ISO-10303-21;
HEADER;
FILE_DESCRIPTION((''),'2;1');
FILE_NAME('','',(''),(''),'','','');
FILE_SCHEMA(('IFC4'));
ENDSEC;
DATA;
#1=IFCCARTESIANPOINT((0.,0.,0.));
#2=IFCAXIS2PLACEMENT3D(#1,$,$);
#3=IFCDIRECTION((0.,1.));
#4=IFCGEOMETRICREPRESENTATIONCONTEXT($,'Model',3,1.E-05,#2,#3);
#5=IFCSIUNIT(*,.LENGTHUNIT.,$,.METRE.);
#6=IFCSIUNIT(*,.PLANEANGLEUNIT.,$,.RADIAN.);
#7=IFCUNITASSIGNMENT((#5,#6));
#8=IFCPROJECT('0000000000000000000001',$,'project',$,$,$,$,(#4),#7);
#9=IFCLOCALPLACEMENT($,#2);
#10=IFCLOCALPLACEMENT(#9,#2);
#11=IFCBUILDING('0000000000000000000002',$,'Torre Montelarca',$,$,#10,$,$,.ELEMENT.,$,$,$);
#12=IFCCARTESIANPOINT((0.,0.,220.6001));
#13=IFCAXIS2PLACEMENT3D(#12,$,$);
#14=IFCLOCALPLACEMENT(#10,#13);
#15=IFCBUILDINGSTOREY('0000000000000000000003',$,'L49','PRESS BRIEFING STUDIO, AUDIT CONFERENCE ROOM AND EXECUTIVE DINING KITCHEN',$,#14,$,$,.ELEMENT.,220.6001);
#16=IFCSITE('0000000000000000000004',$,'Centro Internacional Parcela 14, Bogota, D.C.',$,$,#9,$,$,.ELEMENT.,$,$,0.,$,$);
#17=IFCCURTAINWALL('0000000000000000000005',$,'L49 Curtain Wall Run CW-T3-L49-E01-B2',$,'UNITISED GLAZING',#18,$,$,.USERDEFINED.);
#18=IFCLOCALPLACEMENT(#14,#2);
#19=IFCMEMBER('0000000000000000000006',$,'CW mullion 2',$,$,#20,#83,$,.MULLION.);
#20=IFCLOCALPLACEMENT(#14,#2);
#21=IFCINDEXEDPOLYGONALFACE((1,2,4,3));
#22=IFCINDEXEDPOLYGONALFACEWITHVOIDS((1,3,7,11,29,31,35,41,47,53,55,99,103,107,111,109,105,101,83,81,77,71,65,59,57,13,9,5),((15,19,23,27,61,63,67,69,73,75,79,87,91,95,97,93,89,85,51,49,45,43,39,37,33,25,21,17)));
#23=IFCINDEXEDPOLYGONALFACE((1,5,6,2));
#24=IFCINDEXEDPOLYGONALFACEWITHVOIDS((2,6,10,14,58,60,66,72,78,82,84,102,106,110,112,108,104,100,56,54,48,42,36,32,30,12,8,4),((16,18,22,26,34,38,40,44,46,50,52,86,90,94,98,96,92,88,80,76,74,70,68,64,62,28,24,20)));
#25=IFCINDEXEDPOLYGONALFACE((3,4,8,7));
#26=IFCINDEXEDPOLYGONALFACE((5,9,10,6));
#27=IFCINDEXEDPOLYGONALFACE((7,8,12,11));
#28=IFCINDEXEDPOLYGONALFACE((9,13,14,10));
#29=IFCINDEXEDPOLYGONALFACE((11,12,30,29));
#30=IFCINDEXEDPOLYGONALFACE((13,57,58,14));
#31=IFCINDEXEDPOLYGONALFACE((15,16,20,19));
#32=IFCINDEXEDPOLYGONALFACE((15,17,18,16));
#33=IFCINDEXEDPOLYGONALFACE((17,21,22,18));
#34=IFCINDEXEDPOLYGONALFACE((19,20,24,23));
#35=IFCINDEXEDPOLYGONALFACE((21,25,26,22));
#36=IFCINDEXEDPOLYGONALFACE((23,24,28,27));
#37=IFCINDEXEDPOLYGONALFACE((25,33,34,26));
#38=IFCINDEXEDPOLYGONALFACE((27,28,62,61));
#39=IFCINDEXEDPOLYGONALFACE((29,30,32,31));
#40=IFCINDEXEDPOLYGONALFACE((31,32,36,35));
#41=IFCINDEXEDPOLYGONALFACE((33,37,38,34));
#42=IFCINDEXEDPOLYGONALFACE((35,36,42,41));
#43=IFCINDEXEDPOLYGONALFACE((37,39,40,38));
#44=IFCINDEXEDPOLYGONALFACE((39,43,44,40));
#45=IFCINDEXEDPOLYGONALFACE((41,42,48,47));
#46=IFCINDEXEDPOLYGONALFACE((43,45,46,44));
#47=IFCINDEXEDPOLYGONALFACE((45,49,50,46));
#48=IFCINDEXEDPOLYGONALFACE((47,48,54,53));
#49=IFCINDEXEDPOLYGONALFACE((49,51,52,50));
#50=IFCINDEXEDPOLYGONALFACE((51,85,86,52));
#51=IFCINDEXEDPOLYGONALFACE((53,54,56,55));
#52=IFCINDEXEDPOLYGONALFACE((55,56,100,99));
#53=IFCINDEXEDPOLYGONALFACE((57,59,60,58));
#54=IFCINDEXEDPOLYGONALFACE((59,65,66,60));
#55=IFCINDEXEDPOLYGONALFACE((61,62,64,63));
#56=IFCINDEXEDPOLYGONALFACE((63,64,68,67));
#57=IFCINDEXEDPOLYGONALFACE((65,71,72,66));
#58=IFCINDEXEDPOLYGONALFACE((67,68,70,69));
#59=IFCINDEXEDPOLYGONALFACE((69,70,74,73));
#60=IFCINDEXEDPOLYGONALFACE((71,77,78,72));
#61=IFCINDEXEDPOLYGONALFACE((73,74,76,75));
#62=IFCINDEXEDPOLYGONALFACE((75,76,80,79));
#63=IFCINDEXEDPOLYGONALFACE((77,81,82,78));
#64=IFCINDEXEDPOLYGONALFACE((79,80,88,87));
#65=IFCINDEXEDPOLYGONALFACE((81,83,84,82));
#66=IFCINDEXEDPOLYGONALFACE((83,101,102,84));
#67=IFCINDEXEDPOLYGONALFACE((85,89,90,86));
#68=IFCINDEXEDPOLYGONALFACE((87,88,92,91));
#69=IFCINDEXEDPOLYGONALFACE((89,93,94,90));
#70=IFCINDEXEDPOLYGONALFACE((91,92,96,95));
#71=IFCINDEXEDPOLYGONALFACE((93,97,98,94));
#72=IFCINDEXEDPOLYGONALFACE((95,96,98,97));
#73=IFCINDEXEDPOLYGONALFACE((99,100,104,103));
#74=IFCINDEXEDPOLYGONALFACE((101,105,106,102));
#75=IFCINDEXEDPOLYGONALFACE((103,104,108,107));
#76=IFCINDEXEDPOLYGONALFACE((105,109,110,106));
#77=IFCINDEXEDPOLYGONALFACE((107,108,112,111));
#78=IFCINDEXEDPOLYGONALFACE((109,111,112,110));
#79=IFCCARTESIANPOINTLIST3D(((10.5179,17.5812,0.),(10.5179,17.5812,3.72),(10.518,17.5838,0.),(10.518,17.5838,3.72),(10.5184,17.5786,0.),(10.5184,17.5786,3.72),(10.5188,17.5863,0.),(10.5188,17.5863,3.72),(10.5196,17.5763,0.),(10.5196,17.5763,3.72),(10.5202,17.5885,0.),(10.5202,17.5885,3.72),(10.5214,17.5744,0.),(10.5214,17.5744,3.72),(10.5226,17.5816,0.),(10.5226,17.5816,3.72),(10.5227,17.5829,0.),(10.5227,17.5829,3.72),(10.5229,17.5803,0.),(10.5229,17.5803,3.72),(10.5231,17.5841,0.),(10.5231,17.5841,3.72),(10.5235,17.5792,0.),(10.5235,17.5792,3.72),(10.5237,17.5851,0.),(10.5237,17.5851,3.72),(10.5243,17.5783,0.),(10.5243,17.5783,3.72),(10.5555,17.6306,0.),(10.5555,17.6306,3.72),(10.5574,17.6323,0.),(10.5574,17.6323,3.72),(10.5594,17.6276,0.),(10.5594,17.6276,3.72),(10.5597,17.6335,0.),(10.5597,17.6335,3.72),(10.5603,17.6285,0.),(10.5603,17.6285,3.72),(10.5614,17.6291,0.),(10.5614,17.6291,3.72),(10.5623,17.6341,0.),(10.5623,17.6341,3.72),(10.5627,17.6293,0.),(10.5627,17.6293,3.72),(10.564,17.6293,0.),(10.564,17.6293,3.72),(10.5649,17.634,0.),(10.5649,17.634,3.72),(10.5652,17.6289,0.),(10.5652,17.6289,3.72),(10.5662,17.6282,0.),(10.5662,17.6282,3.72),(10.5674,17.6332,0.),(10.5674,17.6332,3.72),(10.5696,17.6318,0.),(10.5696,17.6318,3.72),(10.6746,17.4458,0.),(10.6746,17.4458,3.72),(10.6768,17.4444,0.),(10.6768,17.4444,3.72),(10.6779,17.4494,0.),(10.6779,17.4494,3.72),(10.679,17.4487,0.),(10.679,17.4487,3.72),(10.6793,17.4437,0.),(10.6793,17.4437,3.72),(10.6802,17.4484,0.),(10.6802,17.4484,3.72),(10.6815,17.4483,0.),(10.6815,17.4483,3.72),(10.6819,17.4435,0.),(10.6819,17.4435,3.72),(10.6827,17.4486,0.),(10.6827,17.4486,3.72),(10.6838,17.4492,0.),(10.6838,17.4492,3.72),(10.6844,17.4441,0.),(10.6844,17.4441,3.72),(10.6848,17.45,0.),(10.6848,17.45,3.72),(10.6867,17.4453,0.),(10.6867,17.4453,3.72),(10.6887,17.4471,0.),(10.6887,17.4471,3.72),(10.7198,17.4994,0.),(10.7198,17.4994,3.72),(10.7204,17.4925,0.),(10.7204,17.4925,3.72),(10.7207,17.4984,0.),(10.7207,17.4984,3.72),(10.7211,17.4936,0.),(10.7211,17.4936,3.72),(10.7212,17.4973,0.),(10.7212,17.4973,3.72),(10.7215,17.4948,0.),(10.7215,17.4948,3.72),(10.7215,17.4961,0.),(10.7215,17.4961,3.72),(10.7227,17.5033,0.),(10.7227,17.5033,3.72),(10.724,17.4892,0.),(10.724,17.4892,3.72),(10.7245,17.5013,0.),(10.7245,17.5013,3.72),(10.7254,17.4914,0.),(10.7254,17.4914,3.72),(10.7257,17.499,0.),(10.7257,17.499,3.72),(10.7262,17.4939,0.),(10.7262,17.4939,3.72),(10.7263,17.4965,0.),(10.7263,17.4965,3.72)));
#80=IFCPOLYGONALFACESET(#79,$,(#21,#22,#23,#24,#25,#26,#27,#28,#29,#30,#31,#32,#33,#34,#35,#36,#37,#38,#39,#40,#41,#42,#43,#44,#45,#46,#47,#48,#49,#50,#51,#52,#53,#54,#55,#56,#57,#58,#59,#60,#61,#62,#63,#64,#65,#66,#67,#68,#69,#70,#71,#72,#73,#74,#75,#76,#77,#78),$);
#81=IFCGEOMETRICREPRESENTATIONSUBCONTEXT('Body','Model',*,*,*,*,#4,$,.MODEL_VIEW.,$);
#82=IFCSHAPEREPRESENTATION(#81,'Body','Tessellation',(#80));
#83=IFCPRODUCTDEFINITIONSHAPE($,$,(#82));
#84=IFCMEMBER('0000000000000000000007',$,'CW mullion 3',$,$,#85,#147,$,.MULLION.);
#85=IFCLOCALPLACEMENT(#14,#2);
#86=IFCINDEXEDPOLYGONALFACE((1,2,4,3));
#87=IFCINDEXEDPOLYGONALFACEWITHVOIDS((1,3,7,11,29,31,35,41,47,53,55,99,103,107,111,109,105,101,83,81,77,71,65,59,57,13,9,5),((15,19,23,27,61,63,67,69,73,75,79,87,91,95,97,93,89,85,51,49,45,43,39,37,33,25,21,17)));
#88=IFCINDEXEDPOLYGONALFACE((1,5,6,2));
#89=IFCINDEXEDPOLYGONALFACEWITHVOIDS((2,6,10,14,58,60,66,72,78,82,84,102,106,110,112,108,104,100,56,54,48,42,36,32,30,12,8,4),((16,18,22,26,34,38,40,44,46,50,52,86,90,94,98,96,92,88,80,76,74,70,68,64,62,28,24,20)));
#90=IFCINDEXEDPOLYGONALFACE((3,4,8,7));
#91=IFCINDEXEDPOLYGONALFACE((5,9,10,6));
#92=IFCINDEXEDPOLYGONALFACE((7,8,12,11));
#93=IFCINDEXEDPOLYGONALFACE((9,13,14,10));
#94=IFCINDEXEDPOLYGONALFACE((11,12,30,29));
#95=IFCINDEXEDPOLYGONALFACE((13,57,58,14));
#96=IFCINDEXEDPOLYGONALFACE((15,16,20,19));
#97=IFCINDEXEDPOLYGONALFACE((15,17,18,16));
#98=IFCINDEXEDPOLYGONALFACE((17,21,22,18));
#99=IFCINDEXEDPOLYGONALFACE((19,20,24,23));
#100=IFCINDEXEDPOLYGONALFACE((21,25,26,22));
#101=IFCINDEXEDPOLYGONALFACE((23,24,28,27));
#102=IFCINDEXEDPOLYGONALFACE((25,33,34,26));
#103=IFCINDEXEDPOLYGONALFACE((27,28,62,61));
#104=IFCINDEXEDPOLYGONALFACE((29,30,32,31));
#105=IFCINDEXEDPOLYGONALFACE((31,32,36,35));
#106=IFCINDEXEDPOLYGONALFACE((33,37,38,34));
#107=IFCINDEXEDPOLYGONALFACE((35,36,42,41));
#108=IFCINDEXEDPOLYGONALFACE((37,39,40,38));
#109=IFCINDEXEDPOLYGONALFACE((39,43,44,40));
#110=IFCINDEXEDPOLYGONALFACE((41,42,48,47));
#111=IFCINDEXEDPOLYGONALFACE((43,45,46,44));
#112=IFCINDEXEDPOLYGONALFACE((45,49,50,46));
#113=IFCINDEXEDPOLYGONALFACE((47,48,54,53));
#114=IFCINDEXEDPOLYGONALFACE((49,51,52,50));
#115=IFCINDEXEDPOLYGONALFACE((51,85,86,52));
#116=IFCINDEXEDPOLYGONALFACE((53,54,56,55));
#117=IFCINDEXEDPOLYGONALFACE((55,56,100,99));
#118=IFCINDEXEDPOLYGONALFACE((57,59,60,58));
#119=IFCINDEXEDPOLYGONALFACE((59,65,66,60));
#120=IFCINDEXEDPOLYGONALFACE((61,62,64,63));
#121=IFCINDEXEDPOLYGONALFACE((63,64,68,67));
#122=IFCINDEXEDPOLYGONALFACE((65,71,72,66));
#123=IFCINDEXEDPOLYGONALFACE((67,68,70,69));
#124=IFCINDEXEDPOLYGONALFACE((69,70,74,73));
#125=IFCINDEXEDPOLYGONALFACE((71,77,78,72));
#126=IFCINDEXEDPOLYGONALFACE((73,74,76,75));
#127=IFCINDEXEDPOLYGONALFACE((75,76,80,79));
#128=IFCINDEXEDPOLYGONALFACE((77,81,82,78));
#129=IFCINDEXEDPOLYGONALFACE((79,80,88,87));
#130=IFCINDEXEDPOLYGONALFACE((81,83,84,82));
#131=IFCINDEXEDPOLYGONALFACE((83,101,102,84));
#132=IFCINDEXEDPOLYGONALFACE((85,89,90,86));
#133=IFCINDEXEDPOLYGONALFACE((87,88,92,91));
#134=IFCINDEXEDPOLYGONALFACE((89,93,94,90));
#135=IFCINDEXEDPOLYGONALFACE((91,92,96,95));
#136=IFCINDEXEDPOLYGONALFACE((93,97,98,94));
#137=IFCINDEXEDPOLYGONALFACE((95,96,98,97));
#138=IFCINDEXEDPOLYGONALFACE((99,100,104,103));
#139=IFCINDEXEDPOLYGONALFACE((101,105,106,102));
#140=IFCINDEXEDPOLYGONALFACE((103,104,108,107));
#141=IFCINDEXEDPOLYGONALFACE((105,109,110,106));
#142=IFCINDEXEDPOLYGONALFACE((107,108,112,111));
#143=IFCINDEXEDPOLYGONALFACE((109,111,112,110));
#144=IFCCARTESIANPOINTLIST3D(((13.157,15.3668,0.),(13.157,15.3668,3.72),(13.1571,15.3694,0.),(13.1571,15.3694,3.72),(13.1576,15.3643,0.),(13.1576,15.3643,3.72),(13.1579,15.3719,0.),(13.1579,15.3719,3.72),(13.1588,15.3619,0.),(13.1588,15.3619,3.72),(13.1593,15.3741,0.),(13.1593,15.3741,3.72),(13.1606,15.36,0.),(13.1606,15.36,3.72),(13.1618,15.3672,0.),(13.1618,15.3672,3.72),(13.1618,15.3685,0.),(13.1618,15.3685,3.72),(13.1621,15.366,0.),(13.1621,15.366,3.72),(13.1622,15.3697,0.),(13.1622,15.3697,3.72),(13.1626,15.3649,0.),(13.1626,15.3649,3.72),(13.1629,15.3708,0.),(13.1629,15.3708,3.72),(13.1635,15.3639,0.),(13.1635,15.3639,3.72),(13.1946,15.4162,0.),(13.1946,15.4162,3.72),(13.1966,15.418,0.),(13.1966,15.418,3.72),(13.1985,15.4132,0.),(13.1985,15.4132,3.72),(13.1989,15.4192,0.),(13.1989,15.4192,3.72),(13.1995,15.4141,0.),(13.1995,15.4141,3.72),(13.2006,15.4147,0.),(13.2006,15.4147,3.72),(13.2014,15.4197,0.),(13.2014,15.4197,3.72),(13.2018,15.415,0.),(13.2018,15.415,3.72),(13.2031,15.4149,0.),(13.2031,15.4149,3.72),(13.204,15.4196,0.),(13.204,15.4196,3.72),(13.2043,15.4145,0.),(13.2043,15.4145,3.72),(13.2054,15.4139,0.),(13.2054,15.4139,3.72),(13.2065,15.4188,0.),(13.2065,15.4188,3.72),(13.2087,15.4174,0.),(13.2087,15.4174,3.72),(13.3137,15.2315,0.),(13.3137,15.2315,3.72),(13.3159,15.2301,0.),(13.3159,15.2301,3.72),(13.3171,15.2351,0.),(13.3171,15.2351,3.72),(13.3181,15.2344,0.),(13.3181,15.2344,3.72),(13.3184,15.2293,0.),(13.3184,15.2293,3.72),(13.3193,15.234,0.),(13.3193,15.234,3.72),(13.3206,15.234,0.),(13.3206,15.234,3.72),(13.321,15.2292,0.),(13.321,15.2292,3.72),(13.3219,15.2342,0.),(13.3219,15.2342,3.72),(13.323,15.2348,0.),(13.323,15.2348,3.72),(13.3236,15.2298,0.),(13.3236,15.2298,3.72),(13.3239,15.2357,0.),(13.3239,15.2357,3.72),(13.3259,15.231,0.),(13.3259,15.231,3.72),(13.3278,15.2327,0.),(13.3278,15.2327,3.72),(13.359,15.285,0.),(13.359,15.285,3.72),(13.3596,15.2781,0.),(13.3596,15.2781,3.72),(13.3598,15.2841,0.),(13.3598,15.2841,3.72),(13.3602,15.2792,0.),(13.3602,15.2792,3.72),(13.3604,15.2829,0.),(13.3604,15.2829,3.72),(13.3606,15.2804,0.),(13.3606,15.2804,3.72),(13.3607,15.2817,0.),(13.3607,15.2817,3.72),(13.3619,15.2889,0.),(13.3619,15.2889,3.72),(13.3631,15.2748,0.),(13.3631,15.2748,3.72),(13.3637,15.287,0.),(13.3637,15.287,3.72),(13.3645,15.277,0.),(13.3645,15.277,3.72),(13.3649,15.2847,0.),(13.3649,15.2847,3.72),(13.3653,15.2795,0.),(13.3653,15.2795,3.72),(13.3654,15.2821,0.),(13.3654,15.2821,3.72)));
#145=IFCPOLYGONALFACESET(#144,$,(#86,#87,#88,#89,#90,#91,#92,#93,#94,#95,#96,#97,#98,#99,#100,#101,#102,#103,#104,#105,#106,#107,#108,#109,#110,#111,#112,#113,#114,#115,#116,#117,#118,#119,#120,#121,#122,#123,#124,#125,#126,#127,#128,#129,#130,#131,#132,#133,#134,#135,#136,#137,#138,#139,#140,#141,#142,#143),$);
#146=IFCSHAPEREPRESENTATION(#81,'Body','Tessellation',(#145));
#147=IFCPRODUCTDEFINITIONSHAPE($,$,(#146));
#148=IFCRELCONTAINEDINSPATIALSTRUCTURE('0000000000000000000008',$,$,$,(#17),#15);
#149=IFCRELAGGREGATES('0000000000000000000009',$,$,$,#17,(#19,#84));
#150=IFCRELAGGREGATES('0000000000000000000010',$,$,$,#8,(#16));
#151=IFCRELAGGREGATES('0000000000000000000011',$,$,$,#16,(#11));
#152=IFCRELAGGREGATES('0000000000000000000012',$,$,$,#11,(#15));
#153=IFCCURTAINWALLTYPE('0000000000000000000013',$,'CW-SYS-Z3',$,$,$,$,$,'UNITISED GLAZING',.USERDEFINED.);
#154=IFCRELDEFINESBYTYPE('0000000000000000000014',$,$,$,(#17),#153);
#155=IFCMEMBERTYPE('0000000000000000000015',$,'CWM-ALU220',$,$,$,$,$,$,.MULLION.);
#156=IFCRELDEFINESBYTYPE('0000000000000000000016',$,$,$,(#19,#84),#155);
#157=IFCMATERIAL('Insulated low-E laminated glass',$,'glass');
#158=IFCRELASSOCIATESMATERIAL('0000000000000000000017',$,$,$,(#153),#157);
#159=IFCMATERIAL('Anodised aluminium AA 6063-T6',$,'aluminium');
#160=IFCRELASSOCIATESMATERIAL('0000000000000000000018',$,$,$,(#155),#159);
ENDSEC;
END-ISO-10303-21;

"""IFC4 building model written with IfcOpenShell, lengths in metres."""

from ifc_helpers import new_model, si_unit, direction, frame, origin, origin_2d, place, context, subcontext, project, spatial, hollow_rectangle, extrude, source, transform, mapped, material, material_profile, profile_set, type_object, element, aggregate, save


model = new_model("IFC4")

# Units and contexts
model_context = context("Model", 3, precision=1e-05, world=origin(), true_north=direction((0.0, 1.0)))
body_context = subcontext(model_context, "Body", "Model", "MODEL_VIEW")
ifc_project = project(units=[si_unit("LENGTHUNIT", "METRE"), si_unit("PLANEANGLEUNIT", "RADIAN")], contexts=[model_context])

# Site, building, storey
site_placement = place(None, origin())
site = spatial("IfcSite", under=ifc_project, at=site_placement, Name="Centro Internacional Parcela 14, Bogota, D.C.", CompositionType="ELEMENT", RefElevation=0.0)
building_placement = place(site_placement, origin())
building = spatial("IfcBuilding", under=site, at=building_placement, Name="Torre Montelarca", CompositionType="ELEMENT")
storey_placement = place(building_placement, frame((0.0, 0.0, 220.6001)))
storey = spatial("IfcBuildingStorey", under=building, at=storey_placement, Name="L49", Description="PRESS BRIEFING STUDIO, AUDIT CONFERENCE ROOM AND EXECUTIVE DINING KITCHEN", CompositionType="ELEMENT", Elevation=220.6001)

# Curtain wall
ifc_material_1 = material(Name="Insulated low-E laminated glass", Category="glass")
curtain_wall_type = type_object("IfcCurtainWallType", Name="CW-SYS-Z3", ElementType="UNITISED GLAZING", PredefinedType="USERDEFINED", material=ifc_material_1)
curtain_wall_1_placement = place(storey_placement, origin())
curtain_wall_1 = element("IfcCurtainWall", 1, at=curtain_wall_1_placement, inside=storey, type_object=curtain_wall_type, Name="L49 Curtain Wall Run CW-T3-L49-E01-B2", ObjectType="UNITISED GLAZING", PredefinedType="USERDEFINED")
ifc_material_2 = material(Name="Anodised aluminium AA 6063-T6", Category="aluminium")

# Shared definitions
ifc_material_profile_1 = material_profile(ifc_material_2, hollow_rectangle(XDim=0.075, YDim=0.22, WallThickness=0.0049, InnerFilletRadius=0.0049, OuterFilletRadius=0.01, at=origin_2d()), Name="ALU75X220X5", Category="aluminium")
ifc_profile_set_1 = profile_set([ifc_material_profile_1], Name="Anodised aluminium AA 6063-T6")
member_type_1 = type_object("IfcMemberType", Name="CWM-ALU220", PredefinedType="MULLION", material=ifc_profile_set_1)
shared_shape_1 = source(origin(), body_context, "Body", "SweptSolid", [
    extrude(hollow_rectangle(XDim=0.075, YDim=0.22, WallThickness=0.0049, InnerFilletRadius=0.0049, OuterFilletRadius=0.01, at=origin_2d()), origin(), (0.0, 0.0, 1.0), 3.72),
])

# Members
member_1_placement = place(storey_placement, frame((10.6221, 17.5388, 0.0), z_axis=(0.0, 0.0, 1.0), x_axis=(0.642786, 0.766046, 0.0)))
member_1 = element("IfcMember", 2, at=member_1_placement, type_object=member_type_1, Name="CW mullion 2", PredefinedType="MULLION", context=body_context, shape_type="MappedRepresentation", body=[
    mapped(shared_shape_1, transform((0.0, 0.0, 0.0), scale=1.0)),
])
member_2_placement = place(storey_placement, frame((13.2612, 15.3245, 0.0), z_axis=(0.0, 0.0, 1.0), x_axis=(0.642786, 0.766046, 0.0)))
member_2 = element("IfcMember", 3, at=member_2_placement, type_object=member_type_1, Name="CW mullion 3", PredefinedType="MULLION", context=body_context, shape_type="MappedRepresentation", body=[
    mapped(shared_shape_1, transform((0.0, 0.0, 0.0), scale=1.0)),
])

aggregate(curtain_wall_1, [member_1, member_2])

save(model, "model.ifc")
